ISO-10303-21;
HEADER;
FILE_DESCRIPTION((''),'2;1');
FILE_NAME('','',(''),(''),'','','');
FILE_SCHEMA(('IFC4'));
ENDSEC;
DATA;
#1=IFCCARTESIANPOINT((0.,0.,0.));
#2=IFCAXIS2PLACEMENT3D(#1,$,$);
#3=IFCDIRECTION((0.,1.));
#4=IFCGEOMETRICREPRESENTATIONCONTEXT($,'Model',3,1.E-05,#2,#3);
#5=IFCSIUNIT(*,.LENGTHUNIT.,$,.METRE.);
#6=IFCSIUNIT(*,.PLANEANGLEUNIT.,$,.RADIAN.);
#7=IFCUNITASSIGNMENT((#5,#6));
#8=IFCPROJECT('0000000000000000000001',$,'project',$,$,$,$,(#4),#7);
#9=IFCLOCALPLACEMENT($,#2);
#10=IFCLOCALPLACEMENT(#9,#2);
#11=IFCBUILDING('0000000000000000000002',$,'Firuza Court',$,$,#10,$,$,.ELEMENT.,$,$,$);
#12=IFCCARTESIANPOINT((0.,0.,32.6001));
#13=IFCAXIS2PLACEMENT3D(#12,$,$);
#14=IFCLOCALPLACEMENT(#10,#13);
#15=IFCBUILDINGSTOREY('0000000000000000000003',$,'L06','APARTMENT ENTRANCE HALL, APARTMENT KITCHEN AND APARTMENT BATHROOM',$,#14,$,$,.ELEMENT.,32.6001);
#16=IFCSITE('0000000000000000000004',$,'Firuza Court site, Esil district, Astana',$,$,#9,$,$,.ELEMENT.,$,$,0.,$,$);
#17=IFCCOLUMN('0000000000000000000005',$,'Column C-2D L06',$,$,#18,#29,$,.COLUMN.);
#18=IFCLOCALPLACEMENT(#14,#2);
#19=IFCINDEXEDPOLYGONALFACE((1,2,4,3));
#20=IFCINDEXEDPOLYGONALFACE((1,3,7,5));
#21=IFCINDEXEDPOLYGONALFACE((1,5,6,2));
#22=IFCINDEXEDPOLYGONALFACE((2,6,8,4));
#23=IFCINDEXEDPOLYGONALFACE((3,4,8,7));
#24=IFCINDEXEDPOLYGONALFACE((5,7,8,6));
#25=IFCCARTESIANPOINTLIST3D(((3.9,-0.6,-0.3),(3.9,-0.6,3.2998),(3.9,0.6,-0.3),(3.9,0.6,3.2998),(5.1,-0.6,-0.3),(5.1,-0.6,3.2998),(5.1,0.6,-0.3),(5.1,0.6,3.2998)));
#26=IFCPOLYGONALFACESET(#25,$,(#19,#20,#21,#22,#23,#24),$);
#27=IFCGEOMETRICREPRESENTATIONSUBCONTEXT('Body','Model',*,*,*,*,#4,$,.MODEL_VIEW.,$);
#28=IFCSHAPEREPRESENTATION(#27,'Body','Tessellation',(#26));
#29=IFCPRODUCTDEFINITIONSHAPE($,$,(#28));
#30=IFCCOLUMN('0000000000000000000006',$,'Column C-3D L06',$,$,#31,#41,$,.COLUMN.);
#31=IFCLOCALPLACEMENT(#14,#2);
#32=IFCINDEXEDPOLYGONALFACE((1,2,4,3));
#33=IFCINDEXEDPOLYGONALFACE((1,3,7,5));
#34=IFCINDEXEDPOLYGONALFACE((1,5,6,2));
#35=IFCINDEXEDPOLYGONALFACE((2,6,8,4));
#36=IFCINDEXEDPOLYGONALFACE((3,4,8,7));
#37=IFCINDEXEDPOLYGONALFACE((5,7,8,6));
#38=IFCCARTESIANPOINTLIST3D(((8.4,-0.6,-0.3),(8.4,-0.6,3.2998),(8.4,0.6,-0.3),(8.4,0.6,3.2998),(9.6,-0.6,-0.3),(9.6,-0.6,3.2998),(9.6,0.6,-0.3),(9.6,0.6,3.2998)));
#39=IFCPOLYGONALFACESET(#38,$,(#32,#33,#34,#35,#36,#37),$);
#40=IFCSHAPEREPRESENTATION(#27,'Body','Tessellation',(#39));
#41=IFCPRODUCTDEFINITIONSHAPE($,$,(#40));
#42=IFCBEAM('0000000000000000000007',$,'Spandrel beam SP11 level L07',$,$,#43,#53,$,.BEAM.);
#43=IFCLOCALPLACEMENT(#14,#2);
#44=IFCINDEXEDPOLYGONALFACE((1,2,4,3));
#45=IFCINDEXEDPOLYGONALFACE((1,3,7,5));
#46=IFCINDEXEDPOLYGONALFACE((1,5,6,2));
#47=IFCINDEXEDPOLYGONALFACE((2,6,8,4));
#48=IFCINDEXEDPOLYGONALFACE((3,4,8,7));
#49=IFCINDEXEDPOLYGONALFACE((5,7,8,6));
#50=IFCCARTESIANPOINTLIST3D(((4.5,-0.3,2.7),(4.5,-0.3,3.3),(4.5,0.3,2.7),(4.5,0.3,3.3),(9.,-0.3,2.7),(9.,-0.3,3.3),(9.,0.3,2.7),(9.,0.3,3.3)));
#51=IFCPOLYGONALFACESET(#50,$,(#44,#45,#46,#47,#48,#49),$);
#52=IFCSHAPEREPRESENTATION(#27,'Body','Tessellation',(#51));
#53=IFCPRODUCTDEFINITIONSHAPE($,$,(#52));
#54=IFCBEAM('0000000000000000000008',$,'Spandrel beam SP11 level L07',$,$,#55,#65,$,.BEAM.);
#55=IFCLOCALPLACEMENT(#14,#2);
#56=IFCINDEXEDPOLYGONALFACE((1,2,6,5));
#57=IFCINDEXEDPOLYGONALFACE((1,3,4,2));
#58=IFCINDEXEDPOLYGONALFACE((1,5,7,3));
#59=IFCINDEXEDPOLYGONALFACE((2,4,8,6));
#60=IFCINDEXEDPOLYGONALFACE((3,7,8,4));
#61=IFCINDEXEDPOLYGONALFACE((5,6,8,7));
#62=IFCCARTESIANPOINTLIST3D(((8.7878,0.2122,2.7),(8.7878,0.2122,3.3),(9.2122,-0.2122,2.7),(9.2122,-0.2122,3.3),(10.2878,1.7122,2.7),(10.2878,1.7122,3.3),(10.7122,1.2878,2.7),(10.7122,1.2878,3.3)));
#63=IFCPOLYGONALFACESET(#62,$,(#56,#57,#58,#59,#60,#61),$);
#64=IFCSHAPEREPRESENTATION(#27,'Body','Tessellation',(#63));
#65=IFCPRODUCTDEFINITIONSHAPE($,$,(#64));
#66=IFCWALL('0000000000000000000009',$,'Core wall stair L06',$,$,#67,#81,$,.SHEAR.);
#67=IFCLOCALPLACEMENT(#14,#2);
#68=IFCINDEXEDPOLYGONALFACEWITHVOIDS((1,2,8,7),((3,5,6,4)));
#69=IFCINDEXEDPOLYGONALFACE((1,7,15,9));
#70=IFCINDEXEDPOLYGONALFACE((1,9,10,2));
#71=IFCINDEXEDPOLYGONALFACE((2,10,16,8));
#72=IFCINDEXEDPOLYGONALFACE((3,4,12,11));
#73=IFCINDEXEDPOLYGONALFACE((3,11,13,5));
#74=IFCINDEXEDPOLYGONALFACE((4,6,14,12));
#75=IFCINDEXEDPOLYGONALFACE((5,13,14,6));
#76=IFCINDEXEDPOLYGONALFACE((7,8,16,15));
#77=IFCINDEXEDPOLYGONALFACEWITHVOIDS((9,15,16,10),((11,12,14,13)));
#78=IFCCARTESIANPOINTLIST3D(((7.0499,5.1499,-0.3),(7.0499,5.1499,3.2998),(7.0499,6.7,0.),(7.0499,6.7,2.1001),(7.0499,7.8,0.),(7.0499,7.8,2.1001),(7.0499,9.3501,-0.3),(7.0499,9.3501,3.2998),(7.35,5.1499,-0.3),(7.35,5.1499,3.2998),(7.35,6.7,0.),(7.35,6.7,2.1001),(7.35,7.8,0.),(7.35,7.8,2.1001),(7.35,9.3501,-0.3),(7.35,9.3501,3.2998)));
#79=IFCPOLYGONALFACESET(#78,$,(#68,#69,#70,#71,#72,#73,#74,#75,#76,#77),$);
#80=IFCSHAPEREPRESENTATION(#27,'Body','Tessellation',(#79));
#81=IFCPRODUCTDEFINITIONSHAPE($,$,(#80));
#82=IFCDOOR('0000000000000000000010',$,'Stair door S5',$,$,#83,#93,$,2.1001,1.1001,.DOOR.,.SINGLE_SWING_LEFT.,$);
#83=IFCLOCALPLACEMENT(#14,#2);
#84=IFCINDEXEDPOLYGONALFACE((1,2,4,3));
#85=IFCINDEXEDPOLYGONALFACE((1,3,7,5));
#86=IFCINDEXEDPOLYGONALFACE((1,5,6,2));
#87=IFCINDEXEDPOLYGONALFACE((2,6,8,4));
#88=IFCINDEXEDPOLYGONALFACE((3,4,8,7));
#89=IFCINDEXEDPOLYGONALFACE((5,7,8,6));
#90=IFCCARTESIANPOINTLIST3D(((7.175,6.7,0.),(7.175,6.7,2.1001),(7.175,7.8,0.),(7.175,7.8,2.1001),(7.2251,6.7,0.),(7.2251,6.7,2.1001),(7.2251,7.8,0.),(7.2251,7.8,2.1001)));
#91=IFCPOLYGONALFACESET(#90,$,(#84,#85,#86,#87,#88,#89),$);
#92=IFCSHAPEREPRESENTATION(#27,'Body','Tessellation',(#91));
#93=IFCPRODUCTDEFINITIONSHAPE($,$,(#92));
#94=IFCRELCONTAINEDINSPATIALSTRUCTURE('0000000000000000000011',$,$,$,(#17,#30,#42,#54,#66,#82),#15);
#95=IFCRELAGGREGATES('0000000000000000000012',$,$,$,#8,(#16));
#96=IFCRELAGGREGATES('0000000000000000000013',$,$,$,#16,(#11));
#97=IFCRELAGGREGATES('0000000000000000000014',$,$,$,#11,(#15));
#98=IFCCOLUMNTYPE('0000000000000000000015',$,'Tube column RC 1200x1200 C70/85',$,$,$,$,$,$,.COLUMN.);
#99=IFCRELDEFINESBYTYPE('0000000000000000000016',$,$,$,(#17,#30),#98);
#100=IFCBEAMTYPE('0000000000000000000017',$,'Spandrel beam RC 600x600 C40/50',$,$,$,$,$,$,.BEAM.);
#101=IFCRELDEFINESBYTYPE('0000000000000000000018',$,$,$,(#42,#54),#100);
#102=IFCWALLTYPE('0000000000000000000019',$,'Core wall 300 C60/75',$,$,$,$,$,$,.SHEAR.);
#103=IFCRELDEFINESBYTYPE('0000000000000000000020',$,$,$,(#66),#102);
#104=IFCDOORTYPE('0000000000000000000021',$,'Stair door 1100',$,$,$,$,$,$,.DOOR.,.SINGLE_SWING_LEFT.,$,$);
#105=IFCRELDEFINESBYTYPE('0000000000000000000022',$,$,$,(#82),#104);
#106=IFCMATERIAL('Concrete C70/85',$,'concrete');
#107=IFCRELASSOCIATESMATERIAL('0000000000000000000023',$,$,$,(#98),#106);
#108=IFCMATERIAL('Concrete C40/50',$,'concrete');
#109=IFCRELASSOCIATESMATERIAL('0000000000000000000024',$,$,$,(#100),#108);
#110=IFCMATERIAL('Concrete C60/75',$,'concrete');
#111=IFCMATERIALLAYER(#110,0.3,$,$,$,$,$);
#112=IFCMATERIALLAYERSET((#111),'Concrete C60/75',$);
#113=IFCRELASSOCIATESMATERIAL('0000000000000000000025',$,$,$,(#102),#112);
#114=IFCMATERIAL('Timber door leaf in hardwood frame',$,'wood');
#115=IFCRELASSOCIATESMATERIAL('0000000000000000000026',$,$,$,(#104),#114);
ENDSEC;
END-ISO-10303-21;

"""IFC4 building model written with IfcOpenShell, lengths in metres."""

from ifc_helpers import new_model, si_unit, direction, frame, frame_2d, origin, origin_2d, place, context, subcontext, project, spatial, rectangle, extrude, material, layer, layer_set, material_profile, profile_set, type_object, element, fill, save


model = new_model("IFC4")

# Units and contexts
model_context = context("Model", 3, precision=1e-05, world=origin(), true_north=direction((0.0, 1.0)))
body_context = subcontext(model_context, "Body", "Model", "MODEL_VIEW")
ifc_project = project(units=[si_unit("LENGTHUNIT", "METRE"), si_unit("PLANEANGLEUNIT", "RADIAN")], contexts=[model_context])

# Site, building, storey
site_placement = place(None, origin())
site = spatial("IfcSite", under=ifc_project, at=site_placement, Name="Firuza Court site, Esil district, Astana", CompositionType="ELEMENT", RefElevation=0.0)
building_placement = place(site_placement, origin())
building = spatial("IfcBuilding", under=site, at=building_placement, Name="Firuza Court", CompositionType="ELEMENT")
storey_placement = place(building_placement, frame((0.0, 0.0, 32.6001)))
storey = spatial("IfcBuildingStorey", under=building, at=storey_placement, Name="L06", Description="APARTMENT ENTRANCE HALL, APARTMENT KITCHEN AND APARTMENT BATHROOM", CompositionType="ELEMENT", Elevation=32.6001)

# Columns
ifc_material_1 = material(Name="Concrete C70/85", Category="concrete")
ifc_material_profile_1 = material_profile(ifc_material_1, rectangle(XDim=1.2, YDim=1.2, at=origin_2d()), Name="RC 1200x1200")
ifc_profile_set_1 = profile_set([ifc_material_profile_1], Name="Concrete C70/85")
column_type = type_object("IfcColumnType", Name="Tube column RC 1200x1200 C70/85", PredefinedType="COLUMN", material=ifc_profile_set_1)
for number, where, z_axis, x_axis, name in (
    (1, (4.5, 0.0, -0.3), (0.0, 0.0, 1.0), (1.0, 0.0, 0.0), "Column C-2D L06"),
    (2, (9.0, 0.0, -0.3), (0.0, 0.0, 1.0), (1.0, 0.0, 0.0), "Column C-3D L06"),
):
    element("IfcColumn", number, at=place(storey_placement, frame(where, z_axis=z_axis, x_axis=x_axis)), inside=storey, type_object=column_type, Name=name, PredefinedType="COLUMN", context=body_context, shape_type="SweptSolid", body=[
        extrude(rectangle(XDim=1.2, YDim=1.2, at=origin_2d()), origin(), (0.0, 0.0, 1.0), 3.5999),
    ])

# Beams
ifc_material_2 = material(Name="Concrete C40/50", Category="concrete")
ifc_material_profile_2 = material_profile(ifc_material_2, rectangle(XDim=0.6001, YDim=0.6001, at=origin_2d()), Name="RC 600x600")
ifc_profile_set_2 = profile_set([ifc_material_profile_2], Name="Concrete C40/50")
beam_type = type_object("IfcBeamType", Name="Spandrel beam RC 600x600 C40/50", PredefinedType="BEAM", material=ifc_profile_set_2)
beam_1_placement = place(storey_placement, frame((4.5, 0.0, 3.0), z_axis=(1.0, 0.0, 0.0), x_axis=(0.0, 1.0, 0.0)))
element("IfcBeam", 3, at=beam_1_placement, inside=storey, type_object=beam_type, Name="Spandrel beam SP11 level L07", PredefinedType="BEAM", context=body_context, shape_type="SweptSolid", body=[
    extrude(rectangle(XDim=0.6001, YDim=0.6001, at=origin_2d()), origin(), (0.0, 0.0, 1.0), 4.5),
])
beam_2_placement = place(storey_placement, frame((9.0, 0.0, 3.0), z_axis=(0.707107, 0.707107, 0.0), x_axis=(-0.707107, 0.707107, 0.0)))
element("IfcBeam", 4, at=beam_2_placement, inside=storey, type_object=beam_type, Name="Spandrel beam SP11 level L07", PredefinedType="BEAM", context=body_context, shape_type="SweptSolid", body=[
    extrude(rectangle(XDim=0.6001, YDim=0.6001, at=origin_2d()), origin(), (0.0, 0.0, 1.0), 2.1213),
])

# Wall, opening, door
ifc_material_3 = material(Name="Concrete C60/75", Category="concrete")
ifc_layer_1 = layer(ifc_material_3, 0.3)
ifc_layer_set_1 = layer_set([ifc_layer_1], Name="Concrete C60/75")
wall_type_1 = type_object("IfcWallType", Name="Core wall 300 C60/75", PredefinedType="SHEAR", material=ifc_layer_set_1)
wall_1_placement = place(storey_placement, frame((7.2, 5.1499, -0.3), z_axis=(0.0, 0.0, 1.0), x_axis=(0.0, 1.0, 0.0)))
wall_1 = element("IfcWall", 5, at=wall_1_placement, inside=storey, type_object=wall_type_1, Name="Core wall stair L06", PredefinedType="SHEAR", context=body_context, shape_type="SweptSolid", body=[
    extrude(rectangle(XDim=4.2002, YDim=0.3, at=frame_2d((2.1001, 0.0))), origin(), (0.0, 0.0, 1.0), 3.5999),
])
opening_1_placement = place(wall_1_placement, frame((1.55, 0.0, 0.3)))
opening_1 = element("IfcOpeningElement", 6, at=opening_1_placement, cuts=wall_1, PredefinedType="OPENING", context=body_context, shape_type="SweptSolid", body=[
    extrude(rectangle(XDim=1.1001, YDim=2.1001, at=frame_2d((0.55, 1.05))), frame((0.0, 0.1621, 0.0), z_axis=(0.0, -1.0, 0.0), x_axis=(1.0, 0.0, 0.0)), (0.0, 0.0, 1.0), 0.324),
])
ifc_material_4 = material(Name="Timber door leaf in hardwood frame", Category="wood")
door_type_1 = type_object("IfcDoorType", Name="Stair door 1100", OperationType="SINGLE_SWING_LEFT", PredefinedType="DOOR", material=ifc_material_4)
door_1_placement = place(opening_1_placement, origin())
door_1 = element("IfcDoor", 7, at=door_1_placement, inside=storey, type_object=door_type_1, Name="Stair door S5", OperationType="SINGLE_SWING_LEFT", OverallHeight=2.1001, OverallWidth=1.1001, PredefinedType="DOOR", context=body_context, shape_type="SweptSolid", body=[
    extrude(rectangle(XDim=1.1001, YDim=2.1001, at=frame_2d((0.55, 1.05))), frame((0.0, 0.0249, 0.0), z_axis=(0.0, -1.0, 0.0), x_axis=(1.0, 0.0, 0.0)), (0.0, 0.0, 1.0), 0.05),
])
fill(opening_1, door_1)

save(model, "model.ifc")
